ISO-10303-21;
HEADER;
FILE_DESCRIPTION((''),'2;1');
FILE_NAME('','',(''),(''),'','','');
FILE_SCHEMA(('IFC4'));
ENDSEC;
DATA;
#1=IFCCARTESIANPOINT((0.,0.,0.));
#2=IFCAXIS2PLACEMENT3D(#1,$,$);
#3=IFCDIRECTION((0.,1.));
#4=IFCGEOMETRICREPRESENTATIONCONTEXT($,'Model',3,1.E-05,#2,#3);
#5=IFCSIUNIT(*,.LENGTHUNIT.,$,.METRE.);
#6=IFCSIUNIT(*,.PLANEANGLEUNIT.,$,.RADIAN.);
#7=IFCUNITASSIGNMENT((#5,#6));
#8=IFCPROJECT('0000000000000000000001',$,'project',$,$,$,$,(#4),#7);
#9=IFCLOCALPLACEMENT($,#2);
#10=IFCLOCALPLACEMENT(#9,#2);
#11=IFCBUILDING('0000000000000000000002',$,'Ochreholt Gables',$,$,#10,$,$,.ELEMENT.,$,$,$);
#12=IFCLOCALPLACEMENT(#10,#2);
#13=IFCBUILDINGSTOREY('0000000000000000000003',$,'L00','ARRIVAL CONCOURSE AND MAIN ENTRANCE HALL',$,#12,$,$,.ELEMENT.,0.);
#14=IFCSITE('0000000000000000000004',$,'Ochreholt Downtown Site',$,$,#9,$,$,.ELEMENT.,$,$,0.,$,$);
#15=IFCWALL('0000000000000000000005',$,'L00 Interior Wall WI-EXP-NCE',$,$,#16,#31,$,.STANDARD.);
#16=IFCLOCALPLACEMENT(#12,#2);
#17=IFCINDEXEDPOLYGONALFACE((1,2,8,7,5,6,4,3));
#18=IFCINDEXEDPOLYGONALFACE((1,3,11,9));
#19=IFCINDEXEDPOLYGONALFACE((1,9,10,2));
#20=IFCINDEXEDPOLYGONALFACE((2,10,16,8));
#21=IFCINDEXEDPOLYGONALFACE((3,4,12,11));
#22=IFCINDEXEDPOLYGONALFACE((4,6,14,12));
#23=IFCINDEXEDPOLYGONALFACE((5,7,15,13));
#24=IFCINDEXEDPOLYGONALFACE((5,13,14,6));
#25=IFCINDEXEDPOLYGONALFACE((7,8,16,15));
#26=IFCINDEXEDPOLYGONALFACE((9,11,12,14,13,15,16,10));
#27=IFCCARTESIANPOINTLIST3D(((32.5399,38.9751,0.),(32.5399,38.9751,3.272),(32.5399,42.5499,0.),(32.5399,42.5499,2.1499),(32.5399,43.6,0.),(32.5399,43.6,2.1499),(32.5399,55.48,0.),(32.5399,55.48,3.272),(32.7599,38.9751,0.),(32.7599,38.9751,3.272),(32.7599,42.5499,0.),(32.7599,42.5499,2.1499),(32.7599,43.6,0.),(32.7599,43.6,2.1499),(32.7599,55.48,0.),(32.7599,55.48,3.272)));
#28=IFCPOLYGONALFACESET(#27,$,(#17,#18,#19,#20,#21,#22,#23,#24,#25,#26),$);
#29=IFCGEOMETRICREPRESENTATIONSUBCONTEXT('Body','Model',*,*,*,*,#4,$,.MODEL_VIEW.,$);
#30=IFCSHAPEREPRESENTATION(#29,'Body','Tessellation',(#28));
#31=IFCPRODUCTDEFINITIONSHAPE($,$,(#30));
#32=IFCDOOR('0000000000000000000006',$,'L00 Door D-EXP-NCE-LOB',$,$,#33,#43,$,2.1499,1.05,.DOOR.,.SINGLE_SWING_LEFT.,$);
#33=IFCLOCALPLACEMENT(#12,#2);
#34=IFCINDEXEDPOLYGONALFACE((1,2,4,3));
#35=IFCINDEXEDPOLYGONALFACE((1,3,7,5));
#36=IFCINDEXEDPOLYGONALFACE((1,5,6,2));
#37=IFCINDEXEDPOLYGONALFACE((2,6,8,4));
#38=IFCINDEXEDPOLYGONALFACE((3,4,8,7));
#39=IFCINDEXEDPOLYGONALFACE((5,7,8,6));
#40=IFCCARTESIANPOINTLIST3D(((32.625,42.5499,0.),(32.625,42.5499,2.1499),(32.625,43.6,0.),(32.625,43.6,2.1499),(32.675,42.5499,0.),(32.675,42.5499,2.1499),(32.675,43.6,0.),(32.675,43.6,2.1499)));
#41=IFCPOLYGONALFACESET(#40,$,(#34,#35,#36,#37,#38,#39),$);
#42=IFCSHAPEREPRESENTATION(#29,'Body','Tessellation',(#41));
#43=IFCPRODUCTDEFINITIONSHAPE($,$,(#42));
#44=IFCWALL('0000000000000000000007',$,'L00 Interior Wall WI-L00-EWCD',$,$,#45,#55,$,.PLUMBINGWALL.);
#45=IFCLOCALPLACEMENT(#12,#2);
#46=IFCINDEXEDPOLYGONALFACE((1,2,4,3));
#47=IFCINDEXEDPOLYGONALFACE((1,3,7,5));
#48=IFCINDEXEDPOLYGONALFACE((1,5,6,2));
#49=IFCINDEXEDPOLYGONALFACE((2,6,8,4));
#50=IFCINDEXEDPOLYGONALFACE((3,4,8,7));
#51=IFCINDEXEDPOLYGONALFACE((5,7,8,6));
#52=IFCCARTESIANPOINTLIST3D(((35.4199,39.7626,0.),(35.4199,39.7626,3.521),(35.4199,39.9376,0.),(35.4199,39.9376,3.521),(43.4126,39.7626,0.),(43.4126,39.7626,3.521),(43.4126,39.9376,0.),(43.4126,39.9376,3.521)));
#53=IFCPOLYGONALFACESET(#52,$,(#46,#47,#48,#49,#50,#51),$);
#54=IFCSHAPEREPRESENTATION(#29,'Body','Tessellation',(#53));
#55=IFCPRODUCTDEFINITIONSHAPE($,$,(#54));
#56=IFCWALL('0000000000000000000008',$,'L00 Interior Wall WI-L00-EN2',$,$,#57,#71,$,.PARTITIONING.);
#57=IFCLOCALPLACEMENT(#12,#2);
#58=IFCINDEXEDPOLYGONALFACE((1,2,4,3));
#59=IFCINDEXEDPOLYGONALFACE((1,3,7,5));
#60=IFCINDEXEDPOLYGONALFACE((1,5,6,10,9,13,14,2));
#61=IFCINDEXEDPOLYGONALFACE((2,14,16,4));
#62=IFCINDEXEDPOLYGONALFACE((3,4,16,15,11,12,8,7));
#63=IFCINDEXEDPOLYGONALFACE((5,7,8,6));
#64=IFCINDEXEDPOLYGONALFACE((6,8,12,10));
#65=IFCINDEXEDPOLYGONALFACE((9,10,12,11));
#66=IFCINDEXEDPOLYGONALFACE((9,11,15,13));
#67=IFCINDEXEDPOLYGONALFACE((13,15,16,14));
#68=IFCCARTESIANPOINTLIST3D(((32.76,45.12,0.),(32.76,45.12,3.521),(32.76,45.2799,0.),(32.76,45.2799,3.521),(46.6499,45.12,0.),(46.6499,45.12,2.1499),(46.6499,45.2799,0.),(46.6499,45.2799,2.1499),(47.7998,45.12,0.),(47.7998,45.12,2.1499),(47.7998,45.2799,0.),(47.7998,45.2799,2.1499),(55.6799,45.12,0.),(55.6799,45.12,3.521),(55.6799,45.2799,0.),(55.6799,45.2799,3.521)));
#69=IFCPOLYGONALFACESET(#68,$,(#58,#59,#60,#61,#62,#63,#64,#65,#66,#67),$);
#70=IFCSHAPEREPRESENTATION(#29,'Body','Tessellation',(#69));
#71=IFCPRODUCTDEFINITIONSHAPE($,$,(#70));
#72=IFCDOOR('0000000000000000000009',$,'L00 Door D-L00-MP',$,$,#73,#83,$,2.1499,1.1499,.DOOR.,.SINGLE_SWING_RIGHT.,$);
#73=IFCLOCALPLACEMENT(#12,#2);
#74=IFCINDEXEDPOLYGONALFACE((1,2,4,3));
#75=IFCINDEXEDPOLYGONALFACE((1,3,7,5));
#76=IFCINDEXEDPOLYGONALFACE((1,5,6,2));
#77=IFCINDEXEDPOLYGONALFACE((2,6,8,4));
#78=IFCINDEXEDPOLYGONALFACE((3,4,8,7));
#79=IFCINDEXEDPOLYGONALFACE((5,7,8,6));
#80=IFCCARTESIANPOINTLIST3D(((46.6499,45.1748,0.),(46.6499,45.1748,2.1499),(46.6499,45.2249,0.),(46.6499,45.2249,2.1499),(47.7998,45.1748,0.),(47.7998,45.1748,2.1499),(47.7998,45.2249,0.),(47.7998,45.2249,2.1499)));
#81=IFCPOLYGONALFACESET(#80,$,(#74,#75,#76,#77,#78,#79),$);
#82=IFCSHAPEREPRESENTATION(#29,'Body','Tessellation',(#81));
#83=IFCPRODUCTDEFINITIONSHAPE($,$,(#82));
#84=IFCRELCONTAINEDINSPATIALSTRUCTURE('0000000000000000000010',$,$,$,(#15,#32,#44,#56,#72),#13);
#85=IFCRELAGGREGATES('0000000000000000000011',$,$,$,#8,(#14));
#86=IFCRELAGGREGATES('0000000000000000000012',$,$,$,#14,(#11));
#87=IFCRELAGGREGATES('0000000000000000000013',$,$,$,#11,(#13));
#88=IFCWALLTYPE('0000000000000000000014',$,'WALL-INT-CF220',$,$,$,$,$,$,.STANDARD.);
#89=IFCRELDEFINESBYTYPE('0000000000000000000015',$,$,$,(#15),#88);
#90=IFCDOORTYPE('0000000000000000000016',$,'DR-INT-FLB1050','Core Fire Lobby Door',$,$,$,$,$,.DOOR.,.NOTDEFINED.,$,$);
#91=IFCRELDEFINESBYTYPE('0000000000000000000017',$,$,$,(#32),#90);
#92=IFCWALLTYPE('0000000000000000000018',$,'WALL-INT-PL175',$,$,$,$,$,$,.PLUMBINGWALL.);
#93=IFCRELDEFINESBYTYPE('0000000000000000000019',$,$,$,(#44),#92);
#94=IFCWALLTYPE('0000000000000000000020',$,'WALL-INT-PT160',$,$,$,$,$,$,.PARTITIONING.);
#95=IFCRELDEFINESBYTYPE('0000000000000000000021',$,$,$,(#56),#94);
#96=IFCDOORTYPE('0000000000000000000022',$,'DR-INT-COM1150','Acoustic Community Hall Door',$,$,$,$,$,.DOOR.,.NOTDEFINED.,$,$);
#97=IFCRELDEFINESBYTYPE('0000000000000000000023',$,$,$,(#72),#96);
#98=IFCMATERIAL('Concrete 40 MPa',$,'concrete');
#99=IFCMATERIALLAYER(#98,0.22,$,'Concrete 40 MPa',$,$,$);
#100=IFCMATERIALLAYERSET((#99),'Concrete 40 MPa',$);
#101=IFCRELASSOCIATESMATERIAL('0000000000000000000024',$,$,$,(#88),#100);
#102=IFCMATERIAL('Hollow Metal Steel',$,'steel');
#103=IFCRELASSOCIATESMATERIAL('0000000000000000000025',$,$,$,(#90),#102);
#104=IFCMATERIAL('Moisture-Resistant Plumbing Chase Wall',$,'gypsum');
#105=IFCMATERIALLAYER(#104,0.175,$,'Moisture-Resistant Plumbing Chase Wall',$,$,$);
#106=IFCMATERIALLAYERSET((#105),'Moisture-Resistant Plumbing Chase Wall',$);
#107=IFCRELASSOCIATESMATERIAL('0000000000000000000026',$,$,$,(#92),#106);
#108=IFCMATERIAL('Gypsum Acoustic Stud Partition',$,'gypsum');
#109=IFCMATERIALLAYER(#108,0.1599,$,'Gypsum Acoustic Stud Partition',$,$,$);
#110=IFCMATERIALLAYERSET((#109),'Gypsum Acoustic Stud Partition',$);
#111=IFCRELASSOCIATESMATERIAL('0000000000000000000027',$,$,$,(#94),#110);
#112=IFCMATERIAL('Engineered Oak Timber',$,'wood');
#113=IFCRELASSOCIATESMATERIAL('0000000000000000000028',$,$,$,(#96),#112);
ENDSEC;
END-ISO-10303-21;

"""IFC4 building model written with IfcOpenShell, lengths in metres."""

from ifc_helpers import new_model, si_unit, direction, frame, frame_2d, origin, place, context, subcontext, project, spatial, rectangle, extrude, material, layer, layer_set, type_object, element, fill, save


model = new_model("IFC4")

# Units and contexts
model_context = context("Model", 3, precision=1e-05, world=origin(), true_north=direction((0.0, 1.0)))
body_context = subcontext(model_context, "Body", "Model", "MODEL_VIEW")
ifc_project = project(units=[si_unit("LENGTHUNIT", "METRE"), si_unit("PLANEANGLEUNIT", "RADIAN")], contexts=[model_context])

# Site, building, storey
site_placement = place(None, origin())
site = spatial("IfcSite", under=ifc_project, at=site_placement, Name="Ochreholt Downtown Site", CompositionType="ELEMENT", RefElevation=0.0)
building_placement = place(site_placement, origin())
building = spatial("IfcBuilding", under=site, at=building_placement, Name="Ochreholt Gables", CompositionType="ELEMENT")
storey_placement = place(building_placement, origin())
storey = spatial("IfcBuildingStorey", under=building, at=storey_placement, Name="L00", Description="ARRIVAL CONCOURSE AND MAIN ENTRANCE HALL", CompositionType="ELEMENT", Elevation=0.0)

# Wall, opening, door
ifc_material_1 = material(Name="Concrete 40 MPa", Category="concrete")
ifc_layer_1 = layer(ifc_material_1, 0.22, Name="Concrete 40 MPa")
ifc_layer_set_1 = layer_set([ifc_layer_1], Name="Concrete 40 MPa")
wall_type_1 = type_object("IfcWallType", Name="WALL-INT-CF220", PredefinedType="STANDARD", material=ifc_layer_set_1)
wall_1_placement = place(storey_placement, frame((32.6499, 38.9751, 0.0), z_axis=(0.0, 0.0, 1.0), x_axis=(0.0, 1.0, 0.0)))
wall_1 = element("IfcWall", 1, at=wall_1_placement, inside=storey, type_object=wall_type_1, Name="L00 Interior Wall WI-EXP-NCE", PredefinedType="STANDARD", context=body_context, shape_type="SweptSolid", body=[
    extrude(rectangle(XDim=16.5049, YDim=0.22, at=frame_2d((8.2524, 0.0))), origin(), (0.0, 0.0, 1.0), 3.272),
])
opening_1_placement = place(wall_1_placement, frame((3.575, 0.0, 0.0)))
opening_1 = element("IfcOpeningElement", 2, at=opening_1_placement, cuts=wall_1, PredefinedType="OPENING", context=body_context, shape_type="SweptSolid", body=[
    extrude(rectangle(XDim=1.05, YDim=2.1499, at=frame_2d((0.5249, 1.075))), frame((0.0, 0.1199, 0.0), z_axis=(0.0, -1.0, 0.0), x_axis=(1.0, 0.0, 0.0)), (0.0, 0.0, 1.0), 0.24),
])
ifc_material_2 = material(Name="Hollow Metal Steel", Category="steel")
door_type_1 = type_object("IfcDoorType", Name="DR-INT-FLB1050", Description="Core Fire Lobby Door", OperationType="NOTDEFINED", PredefinedType="DOOR", material=ifc_material_2)
door_1_placement = place(opening_1_placement, origin())
door_1 = element("IfcDoor", 3, at=door_1_placement, inside=storey, type_object=door_type_1, Name="L00 Door D-EXP-NCE-LOB", OperationType="SINGLE_SWING_LEFT", OverallHeight=2.1499, OverallWidth=1.05, PredefinedType="DOOR", context=body_context, shape_type="SweptSolid", body=[
    extrude(rectangle(XDim=1.05, YDim=2.1499, at=frame_2d((0.5249, 1.075))), frame((0.0, 0.0249, 0.0), z_axis=(0.0, -1.0, 0.0), x_axis=(1.0, 0.0, 0.0)), (0.0, 0.0, 1.0), 0.05),
])
fill(opening_1, door_1)

# Wall
ifc_material_3 = material(Name="Moisture-Resistant Plumbing Chase Wall", Category="gypsum")
ifc_layer_2 = layer(ifc_material_3, 0.175, Name="Moisture-Resistant Plumbing Chase Wall")
ifc_layer_set_2 = layer_set([ifc_layer_2], Name="Moisture-Resistant Plumbing Chase Wall")
wall_type_2 = type_object("IfcWallType", Name="WALL-INT-PL175", PredefinedType="PLUMBINGWALL", material=ifc_layer_set_2)
wall_2_placement = place(storey_placement, frame((35.4199, 39.8501, 0.0), z_axis=(0.0, 0.0, 1.0), x_axis=(1.0, 0.0, 0.0)))
element("IfcWall", 4, at=wall_2_placement, inside=storey, type_object=wall_type_2, Name="L00 Interior Wall WI-L00-EWCD", PredefinedType="PLUMBINGWALL", context=body_context, shape_type="SweptSolid", body=[
    extrude(rectangle(XDim=7.9927, YDim=0.175, at=frame_2d((3.9963, 0.0))), origin(), (0.0, 0.0, 1.0), 3.521),
])

# Wall, opening, door
ifc_material_4 = material(Name="Gypsum Acoustic Stud Partition", Category="gypsum")
ifc_layer_3 = layer(ifc_material_4, 0.1599, Name="Gypsum Acoustic Stud Partition")
ifc_layer_set_3 = layer_set([ifc_layer_3], Name="Gypsum Acoustic Stud Partition")
wall_type_3 = type_object("IfcWallType", Name="WALL-INT-PT160", PredefinedType="PARTITIONING", material=ifc_layer_set_3)
wall_3_placement = place(storey_placement, frame((32.76, 45.2, 0.0), z_axis=(0.0, 0.0, 1.0), x_axis=(1.0, 0.0, 0.0)))
wall_3 = element("IfcWall", 5, at=wall_3_placement, inside=storey, type_object=wall_type_3, Name="L00 Interior Wall WI-L00-EN2", PredefinedType="PARTITIONING", context=body_context, shape_type="SweptSolid", body=[
    extrude(rectangle(XDim=22.9199, YDim=0.1599, at=frame_2d((11.46, 0.0))), origin(), (0.0, 0.0, 1.0), 3.521),
])
opening_2_placement = place(wall_3_placement, frame((13.8899, 0.0, 0.0)))
opening_2 = element("IfcOpeningElement", 6, at=opening_2_placement, cuts=wall_3, PredefinedType="OPENING", context=body_context, shape_type="SweptSolid", body=[
    extrude(rectangle(XDim=1.1499, YDim=2.1499, at=frame_2d((0.575, 1.075))), frame((0.0, 0.0898, 0.0), z_axis=(0.0, -1.0, 0.0), x_axis=(1.0, 0.0, 0.0)), (0.0, 0.0, 1.0), 0.1799),
])
ifc_material_5 = material(Name="Engineered Oak Timber", Category="wood")
door_type_2 = type_object("IfcDoorType", Name="DR-INT-COM1150", Description="Acoustic Community Hall Door", OperationType="NOTDEFINED", PredefinedType="DOOR", material=ifc_material_5)
door_2_placement = place(opening_2_placement, origin())
door_2 = element("IfcDoor", 7, at=door_2_placement, inside=storey, type_object=door_type_2, Name="L00 Door D-L00-MP", OperationType="SINGLE_SWING_RIGHT", OverallHeight=2.1499, OverallWidth=1.1499, PredefinedType="DOOR", context=body_context, shape_type="SweptSolid", body=[
    extrude(rectangle(XDim=1.1499, YDim=2.1499, at=frame_2d((0.575, 1.075))), frame((0.0, 0.0249, 0.0), z_axis=(0.0, -1.0, 0.0), x_axis=(1.0, 0.0, 0.0)), (0.0, 0.0, 1.0), 0.05),
])
fill(opening_2, door_2)

save(model, "model.ifc")
